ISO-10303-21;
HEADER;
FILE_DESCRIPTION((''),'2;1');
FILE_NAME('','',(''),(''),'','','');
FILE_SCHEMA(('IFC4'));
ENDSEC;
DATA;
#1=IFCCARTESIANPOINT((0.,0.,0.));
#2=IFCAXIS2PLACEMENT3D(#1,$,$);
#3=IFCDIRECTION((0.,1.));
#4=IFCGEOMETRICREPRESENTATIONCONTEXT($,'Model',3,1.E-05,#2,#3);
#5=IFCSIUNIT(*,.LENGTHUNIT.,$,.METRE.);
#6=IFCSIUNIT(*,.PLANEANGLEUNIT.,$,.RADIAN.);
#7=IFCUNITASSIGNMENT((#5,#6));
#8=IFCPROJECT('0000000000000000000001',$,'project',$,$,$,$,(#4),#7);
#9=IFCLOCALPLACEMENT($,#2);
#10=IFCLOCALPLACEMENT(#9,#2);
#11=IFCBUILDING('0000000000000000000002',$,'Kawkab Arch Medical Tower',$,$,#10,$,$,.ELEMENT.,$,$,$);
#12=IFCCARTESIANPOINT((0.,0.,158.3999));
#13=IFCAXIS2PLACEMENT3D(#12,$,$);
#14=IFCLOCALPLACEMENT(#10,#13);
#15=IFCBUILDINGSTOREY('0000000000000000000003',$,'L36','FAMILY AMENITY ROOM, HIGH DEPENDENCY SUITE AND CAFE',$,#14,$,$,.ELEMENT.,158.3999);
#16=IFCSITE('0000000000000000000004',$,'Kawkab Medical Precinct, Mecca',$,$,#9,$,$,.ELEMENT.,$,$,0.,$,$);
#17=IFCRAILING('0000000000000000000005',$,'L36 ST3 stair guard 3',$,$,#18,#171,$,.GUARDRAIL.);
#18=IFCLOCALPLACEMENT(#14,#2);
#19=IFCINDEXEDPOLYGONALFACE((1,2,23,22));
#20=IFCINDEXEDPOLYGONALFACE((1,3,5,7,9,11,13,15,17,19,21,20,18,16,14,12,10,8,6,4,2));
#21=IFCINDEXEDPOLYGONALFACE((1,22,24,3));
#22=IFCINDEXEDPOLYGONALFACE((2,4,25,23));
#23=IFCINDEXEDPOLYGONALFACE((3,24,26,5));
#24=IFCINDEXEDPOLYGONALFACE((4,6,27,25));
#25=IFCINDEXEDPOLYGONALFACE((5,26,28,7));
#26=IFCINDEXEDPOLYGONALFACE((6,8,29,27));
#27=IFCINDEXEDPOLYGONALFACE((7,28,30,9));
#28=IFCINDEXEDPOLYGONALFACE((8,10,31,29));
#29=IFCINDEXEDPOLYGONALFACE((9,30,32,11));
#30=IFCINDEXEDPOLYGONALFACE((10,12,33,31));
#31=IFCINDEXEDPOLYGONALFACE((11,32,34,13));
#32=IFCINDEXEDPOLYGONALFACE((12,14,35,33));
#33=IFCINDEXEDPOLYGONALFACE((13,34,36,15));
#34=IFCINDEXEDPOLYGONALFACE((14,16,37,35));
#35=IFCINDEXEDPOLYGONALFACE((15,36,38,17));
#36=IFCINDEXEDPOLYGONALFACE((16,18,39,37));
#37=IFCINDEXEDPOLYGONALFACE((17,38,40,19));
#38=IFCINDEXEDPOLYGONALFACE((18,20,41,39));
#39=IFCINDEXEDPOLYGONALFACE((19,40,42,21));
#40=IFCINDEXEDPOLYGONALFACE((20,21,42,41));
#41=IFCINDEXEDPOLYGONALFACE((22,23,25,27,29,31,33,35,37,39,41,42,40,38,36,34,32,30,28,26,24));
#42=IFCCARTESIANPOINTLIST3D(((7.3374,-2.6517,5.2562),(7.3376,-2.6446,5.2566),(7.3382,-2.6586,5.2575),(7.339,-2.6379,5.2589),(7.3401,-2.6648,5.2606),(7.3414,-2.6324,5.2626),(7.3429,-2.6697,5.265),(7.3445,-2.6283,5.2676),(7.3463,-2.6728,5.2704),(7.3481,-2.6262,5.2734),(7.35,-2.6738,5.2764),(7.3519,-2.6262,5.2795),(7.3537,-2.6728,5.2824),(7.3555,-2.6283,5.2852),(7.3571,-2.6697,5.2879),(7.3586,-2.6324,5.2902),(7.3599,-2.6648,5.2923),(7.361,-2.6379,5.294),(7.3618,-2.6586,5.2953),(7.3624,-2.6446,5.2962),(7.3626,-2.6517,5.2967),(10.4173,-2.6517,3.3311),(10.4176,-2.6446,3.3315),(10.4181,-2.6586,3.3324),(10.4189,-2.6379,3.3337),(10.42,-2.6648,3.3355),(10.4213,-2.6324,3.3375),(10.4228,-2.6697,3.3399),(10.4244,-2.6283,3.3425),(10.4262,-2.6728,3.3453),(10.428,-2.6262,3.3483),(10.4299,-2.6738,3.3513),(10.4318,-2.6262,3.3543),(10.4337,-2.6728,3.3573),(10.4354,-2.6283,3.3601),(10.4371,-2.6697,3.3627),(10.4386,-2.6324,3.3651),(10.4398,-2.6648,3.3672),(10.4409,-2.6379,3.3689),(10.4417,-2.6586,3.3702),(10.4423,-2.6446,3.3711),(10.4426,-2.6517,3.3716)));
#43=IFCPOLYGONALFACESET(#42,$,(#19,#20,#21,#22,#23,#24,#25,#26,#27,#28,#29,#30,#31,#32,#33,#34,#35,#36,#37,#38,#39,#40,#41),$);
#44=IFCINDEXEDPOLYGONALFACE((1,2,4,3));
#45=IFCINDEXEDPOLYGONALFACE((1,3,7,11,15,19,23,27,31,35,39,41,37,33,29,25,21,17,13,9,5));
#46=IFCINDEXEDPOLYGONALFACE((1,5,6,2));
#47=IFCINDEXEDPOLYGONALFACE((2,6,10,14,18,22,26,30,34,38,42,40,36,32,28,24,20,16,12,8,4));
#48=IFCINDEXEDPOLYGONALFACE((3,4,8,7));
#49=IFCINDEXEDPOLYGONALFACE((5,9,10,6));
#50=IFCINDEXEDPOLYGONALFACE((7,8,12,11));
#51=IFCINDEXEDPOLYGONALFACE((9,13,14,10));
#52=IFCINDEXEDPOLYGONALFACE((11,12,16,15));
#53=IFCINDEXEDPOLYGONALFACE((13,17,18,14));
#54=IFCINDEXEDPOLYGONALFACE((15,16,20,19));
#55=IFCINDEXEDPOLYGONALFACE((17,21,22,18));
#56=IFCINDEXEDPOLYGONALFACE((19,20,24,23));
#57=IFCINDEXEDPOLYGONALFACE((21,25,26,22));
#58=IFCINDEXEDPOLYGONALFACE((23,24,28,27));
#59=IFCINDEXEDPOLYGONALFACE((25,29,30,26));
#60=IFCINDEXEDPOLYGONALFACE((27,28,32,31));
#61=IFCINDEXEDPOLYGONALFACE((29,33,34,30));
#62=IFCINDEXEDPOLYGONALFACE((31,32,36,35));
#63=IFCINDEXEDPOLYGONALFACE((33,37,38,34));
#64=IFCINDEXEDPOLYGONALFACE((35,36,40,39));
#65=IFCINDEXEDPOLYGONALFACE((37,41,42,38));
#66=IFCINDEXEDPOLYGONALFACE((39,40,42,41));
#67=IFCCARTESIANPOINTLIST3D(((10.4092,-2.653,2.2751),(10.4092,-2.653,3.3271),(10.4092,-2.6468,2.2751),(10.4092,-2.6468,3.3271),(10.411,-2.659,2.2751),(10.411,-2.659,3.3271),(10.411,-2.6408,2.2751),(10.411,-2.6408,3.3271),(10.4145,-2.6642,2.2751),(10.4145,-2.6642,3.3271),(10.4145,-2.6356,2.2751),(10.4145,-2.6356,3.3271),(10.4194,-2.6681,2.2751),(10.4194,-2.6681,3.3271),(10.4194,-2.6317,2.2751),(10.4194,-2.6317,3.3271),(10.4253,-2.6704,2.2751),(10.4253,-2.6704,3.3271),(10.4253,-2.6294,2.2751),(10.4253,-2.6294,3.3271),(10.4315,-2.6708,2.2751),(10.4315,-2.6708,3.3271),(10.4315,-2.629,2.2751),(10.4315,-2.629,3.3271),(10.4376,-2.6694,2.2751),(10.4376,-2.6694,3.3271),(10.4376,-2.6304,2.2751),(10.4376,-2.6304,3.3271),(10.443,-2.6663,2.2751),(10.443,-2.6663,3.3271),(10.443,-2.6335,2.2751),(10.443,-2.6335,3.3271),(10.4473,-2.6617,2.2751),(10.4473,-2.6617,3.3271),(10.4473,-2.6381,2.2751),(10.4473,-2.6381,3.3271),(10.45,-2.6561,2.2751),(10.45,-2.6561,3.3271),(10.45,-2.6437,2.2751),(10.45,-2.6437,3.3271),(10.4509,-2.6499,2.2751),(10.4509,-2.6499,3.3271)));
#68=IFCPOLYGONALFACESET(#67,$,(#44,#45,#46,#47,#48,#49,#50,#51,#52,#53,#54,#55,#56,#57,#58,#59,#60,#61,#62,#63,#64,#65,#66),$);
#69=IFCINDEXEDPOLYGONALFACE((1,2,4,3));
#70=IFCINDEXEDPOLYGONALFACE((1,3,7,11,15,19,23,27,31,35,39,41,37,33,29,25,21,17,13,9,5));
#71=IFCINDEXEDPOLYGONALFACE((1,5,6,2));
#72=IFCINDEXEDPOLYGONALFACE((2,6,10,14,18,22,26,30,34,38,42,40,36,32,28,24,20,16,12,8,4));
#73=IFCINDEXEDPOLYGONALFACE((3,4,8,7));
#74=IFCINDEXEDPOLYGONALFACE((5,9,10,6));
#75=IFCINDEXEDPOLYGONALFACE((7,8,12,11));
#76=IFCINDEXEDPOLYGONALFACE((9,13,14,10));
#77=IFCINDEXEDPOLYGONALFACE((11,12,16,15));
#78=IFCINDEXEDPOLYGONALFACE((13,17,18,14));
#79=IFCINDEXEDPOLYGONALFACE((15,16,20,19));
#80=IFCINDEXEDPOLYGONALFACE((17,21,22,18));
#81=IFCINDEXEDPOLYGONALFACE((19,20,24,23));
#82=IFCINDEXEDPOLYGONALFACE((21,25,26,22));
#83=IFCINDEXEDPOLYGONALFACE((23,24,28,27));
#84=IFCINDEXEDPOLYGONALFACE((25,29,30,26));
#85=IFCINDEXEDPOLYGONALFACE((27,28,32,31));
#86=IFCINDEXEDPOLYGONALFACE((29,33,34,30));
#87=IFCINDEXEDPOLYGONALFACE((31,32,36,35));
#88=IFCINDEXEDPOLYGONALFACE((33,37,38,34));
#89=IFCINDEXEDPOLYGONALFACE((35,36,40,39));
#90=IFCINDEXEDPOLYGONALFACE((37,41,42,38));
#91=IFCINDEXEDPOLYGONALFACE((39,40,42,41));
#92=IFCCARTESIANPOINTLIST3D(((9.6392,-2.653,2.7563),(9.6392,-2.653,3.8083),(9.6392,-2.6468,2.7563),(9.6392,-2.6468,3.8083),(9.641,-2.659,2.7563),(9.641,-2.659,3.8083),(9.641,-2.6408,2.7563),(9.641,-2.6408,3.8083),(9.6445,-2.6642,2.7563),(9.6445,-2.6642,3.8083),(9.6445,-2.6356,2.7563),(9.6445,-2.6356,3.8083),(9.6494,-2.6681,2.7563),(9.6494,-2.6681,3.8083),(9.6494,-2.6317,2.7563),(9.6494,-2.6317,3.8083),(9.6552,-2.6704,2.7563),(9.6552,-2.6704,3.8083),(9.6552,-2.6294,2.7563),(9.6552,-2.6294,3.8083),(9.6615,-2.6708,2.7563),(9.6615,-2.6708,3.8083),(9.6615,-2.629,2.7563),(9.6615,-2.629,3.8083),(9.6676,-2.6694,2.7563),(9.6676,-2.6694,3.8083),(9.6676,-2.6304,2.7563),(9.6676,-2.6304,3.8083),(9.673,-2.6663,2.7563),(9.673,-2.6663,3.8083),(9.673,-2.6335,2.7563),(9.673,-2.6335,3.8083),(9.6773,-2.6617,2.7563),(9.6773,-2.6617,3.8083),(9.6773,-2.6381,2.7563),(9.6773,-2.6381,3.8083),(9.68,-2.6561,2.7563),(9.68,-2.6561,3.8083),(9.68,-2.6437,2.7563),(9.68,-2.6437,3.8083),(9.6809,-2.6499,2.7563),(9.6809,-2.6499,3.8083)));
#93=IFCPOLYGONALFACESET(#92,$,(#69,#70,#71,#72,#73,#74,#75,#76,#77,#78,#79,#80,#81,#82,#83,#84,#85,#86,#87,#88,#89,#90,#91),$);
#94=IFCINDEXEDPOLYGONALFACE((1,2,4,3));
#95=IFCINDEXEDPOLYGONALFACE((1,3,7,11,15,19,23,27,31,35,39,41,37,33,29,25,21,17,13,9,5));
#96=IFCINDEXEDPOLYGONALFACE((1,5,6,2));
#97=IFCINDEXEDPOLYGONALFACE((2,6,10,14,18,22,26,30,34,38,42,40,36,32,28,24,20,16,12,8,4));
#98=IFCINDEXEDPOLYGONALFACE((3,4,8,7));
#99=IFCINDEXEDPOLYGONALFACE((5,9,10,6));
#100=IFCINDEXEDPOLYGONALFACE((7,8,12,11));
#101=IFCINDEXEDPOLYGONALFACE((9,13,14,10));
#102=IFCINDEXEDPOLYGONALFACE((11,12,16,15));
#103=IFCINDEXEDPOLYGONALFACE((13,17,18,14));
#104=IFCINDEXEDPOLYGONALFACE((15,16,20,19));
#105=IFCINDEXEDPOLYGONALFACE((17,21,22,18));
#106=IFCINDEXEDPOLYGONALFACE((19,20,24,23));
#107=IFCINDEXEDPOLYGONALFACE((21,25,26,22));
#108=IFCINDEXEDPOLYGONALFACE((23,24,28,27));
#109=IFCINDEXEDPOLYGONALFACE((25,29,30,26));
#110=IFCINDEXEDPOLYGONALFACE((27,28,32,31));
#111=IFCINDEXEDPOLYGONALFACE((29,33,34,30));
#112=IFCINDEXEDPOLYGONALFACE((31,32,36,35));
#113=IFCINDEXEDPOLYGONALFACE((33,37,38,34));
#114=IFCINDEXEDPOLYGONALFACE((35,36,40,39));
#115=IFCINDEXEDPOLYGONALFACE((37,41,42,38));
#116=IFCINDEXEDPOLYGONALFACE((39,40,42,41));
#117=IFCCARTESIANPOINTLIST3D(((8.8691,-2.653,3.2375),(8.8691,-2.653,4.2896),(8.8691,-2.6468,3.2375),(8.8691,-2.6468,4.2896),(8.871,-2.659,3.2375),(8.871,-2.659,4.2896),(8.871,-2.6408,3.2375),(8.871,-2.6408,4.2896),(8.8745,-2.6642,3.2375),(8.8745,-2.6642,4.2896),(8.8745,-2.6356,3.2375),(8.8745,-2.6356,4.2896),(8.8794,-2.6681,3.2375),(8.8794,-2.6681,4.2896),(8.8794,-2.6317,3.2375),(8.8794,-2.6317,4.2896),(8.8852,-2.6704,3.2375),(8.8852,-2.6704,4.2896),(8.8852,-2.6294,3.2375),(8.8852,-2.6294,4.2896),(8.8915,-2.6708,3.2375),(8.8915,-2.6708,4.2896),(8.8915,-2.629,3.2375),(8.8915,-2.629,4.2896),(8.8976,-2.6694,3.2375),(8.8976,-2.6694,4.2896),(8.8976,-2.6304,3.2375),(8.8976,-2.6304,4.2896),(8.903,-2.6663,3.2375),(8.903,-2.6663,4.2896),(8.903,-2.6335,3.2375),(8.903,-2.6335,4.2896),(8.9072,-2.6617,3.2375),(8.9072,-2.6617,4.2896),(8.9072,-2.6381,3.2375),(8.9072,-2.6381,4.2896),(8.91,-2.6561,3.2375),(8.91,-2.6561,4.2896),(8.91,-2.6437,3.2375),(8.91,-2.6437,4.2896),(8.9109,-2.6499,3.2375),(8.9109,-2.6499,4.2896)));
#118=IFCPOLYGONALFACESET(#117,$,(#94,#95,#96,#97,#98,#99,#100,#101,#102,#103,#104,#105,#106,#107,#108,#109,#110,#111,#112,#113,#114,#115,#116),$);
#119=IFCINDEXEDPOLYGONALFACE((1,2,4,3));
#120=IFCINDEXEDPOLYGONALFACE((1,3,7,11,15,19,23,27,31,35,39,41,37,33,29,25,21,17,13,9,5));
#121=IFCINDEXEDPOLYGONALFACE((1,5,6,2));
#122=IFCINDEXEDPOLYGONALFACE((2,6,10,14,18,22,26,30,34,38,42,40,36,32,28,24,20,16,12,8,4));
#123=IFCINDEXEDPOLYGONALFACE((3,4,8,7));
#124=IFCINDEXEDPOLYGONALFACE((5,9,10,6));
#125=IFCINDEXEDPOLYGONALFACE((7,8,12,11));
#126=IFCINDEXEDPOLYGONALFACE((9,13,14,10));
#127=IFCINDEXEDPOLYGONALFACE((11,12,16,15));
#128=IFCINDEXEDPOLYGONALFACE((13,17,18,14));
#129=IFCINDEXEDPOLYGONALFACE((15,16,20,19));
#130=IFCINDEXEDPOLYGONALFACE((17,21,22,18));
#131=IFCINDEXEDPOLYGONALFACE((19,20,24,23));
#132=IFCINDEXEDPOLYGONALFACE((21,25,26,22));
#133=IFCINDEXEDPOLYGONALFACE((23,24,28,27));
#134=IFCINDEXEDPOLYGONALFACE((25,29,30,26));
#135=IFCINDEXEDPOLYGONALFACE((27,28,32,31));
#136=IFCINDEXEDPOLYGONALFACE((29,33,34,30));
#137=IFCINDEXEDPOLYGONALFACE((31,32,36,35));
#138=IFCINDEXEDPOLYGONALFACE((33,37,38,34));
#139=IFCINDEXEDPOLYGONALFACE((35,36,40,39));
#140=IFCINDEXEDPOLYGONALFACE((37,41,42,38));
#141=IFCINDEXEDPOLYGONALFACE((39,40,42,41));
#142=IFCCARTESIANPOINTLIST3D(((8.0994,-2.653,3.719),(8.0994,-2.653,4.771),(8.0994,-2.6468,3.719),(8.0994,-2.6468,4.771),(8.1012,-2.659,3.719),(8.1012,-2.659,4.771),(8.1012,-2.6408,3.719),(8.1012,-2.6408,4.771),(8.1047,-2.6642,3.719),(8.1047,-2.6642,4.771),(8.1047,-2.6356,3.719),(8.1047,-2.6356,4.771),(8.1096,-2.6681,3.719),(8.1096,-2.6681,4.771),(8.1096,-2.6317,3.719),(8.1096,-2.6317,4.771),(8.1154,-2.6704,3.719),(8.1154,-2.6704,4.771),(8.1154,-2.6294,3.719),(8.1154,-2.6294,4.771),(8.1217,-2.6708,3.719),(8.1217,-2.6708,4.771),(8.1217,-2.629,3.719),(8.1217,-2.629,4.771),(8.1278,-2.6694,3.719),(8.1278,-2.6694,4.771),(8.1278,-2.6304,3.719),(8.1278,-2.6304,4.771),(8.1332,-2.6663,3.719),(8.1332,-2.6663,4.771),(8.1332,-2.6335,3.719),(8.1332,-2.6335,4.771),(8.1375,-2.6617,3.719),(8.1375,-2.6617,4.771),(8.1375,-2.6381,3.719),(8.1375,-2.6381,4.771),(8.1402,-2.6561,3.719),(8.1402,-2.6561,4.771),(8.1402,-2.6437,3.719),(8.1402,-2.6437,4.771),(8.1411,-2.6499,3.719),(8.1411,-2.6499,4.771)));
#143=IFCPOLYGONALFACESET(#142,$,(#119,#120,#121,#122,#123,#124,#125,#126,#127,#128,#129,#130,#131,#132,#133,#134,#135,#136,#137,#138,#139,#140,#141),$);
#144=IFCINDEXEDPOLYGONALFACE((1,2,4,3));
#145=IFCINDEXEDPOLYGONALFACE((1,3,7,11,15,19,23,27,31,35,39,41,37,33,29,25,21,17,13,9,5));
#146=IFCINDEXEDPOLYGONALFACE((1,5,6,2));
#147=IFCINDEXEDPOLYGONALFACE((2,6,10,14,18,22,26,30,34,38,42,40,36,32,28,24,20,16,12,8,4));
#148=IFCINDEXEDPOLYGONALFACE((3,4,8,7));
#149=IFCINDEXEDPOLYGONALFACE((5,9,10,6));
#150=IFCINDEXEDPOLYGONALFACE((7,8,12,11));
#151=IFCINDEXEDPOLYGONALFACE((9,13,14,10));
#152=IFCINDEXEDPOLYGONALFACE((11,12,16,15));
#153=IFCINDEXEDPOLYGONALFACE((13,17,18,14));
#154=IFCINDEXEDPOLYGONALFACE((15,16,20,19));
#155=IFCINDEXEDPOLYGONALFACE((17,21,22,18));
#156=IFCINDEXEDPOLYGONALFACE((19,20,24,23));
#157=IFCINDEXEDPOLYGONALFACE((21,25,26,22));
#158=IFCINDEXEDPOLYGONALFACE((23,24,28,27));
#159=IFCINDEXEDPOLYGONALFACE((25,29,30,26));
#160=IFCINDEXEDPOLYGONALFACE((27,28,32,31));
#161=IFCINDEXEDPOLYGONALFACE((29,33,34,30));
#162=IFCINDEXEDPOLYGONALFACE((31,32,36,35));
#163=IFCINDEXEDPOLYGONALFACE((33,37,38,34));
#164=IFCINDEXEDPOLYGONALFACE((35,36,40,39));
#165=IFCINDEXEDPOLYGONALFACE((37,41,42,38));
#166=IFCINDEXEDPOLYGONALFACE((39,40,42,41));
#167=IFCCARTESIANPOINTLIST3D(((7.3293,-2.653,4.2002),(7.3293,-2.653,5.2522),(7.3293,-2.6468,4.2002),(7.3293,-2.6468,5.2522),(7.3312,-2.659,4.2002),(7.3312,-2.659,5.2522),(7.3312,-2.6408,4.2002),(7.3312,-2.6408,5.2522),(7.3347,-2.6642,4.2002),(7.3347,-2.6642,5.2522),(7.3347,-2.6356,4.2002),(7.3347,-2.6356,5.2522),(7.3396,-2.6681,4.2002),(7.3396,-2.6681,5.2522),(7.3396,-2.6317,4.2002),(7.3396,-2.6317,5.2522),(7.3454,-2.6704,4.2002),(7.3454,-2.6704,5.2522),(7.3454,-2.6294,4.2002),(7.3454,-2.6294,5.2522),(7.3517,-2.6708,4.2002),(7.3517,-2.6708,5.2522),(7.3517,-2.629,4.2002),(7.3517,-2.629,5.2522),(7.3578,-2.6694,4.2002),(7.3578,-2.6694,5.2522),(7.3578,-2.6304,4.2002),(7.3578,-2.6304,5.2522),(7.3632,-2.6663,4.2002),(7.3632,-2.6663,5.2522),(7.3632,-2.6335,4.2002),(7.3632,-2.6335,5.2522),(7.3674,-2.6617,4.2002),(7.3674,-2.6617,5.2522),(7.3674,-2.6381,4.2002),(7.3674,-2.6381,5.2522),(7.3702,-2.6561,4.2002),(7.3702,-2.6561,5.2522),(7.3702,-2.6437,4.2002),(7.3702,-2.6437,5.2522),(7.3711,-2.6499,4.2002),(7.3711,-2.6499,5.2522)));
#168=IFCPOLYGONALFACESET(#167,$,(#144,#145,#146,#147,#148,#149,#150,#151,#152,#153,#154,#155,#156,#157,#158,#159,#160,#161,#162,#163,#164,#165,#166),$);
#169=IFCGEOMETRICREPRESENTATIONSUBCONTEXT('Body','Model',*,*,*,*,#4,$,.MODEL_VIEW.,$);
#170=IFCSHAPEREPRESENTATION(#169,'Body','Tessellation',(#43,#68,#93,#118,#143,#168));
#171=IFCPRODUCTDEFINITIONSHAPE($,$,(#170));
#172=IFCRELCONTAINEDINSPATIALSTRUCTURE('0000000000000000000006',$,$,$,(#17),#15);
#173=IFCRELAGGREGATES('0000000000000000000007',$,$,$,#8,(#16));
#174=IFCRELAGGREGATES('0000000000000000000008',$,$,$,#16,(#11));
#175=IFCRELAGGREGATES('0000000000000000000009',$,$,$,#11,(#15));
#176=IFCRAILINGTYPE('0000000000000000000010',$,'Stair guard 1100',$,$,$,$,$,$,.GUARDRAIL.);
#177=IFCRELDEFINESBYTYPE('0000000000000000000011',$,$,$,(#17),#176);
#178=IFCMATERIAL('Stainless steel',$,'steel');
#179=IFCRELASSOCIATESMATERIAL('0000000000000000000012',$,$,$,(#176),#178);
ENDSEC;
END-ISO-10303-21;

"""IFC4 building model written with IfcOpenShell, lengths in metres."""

from ifc_helpers import new_model, si_unit, direction, frame, origin, origin_2d, place, context, subcontext, project, spatial, circle, extrude, material, type_object, element, save


model = new_model("IFC4")

# Units and contexts
model_context = context("Model", 3, precision=1e-05, world=origin(), true_north=direction((0.0, 1.0)))
body_context = subcontext(model_context, "Body", "Model", "MODEL_VIEW")
ifc_project = project(units=[si_unit("LENGTHUNIT", "METRE"), si_unit("PLANEANGLEUNIT", "RADIAN")], contexts=[model_context])

# Site, building, storey
site_placement = place(None, origin())
site = spatial("IfcSite", under=ifc_project, at=site_placement, Name="Kawkab Medical Precinct, Mecca", CompositionType="ELEMENT", RefElevation=0.0)
building_placement = place(site_placement, origin())
building = spatial("IfcBuilding", under=site, at=building_placement, Name="Kawkab Arch Medical Tower", CompositionType="ELEMENT")
storey_placement = place(building_placement, frame((0.0, 0.0, 158.3999)))
storey = spatial("IfcBuildingStorey", under=building, at=storey_placement, Name="L36", Description="FAMILY AMENITY ROOM, HIGH DEPENDENCY SUITE AND CAFE", CompositionType="ELEMENT", Elevation=158.3999)

# Railing
ifc_material_1 = material(Name="Stainless steel", Category="steel")
railing_type_1 = type_object("IfcRailingType", Name="Stair guard 1100", PredefinedType="GUARDRAIL", material=ifc_material_1)
railing_1_placement = place(storey_placement, frame((10.4299, -2.6499, 2.2751)))
element("IfcRailing", 1, at=railing_1_placement, inside=storey, type_object=railing_type_1, Name="L36 ST3 stair guard 3", PredefinedType="GUARDRAIL", context=body_context, shape_type="SweptSolid", body=[
    extrude(circle(Radius=0.0239, at=origin_2d()), frame((0.0, 0.0, 1.0762), z_axis=(-0.847979, 0.0, 0.530029), x_axis=(0.0, -1.0, 0.0)), (0.0, 0.0, 1.0), 3.6321),
    extrude(circle(Radius=0.021, at=origin_2d()), origin(), (0.0, 0.0, 1.0), 1.052),
    extrude(circle(Radius=0.021, at=origin_2d()), frame((-0.77, 0.0, 0.4812)), (0.0, 0.0, 1.0), 1.052),
    extrude(circle(Radius=0.021, at=origin_2d()), frame((-1.54, 0.0, 0.9624)), (0.0, 0.0, 1.0), 1.052),
    extrude(circle(Radius=0.021, at=origin_2d()), frame((-2.3098, 0.0, 1.4438)), (0.0, 0.0, 1.0), 1.052),
    extrude(circle(Radius=0.021, at=origin_2d()), frame((-3.0798, 0.0, 1.925)), (0.0, 0.0, 1.0), 1.052),
])

save(model, "model.ifc")
